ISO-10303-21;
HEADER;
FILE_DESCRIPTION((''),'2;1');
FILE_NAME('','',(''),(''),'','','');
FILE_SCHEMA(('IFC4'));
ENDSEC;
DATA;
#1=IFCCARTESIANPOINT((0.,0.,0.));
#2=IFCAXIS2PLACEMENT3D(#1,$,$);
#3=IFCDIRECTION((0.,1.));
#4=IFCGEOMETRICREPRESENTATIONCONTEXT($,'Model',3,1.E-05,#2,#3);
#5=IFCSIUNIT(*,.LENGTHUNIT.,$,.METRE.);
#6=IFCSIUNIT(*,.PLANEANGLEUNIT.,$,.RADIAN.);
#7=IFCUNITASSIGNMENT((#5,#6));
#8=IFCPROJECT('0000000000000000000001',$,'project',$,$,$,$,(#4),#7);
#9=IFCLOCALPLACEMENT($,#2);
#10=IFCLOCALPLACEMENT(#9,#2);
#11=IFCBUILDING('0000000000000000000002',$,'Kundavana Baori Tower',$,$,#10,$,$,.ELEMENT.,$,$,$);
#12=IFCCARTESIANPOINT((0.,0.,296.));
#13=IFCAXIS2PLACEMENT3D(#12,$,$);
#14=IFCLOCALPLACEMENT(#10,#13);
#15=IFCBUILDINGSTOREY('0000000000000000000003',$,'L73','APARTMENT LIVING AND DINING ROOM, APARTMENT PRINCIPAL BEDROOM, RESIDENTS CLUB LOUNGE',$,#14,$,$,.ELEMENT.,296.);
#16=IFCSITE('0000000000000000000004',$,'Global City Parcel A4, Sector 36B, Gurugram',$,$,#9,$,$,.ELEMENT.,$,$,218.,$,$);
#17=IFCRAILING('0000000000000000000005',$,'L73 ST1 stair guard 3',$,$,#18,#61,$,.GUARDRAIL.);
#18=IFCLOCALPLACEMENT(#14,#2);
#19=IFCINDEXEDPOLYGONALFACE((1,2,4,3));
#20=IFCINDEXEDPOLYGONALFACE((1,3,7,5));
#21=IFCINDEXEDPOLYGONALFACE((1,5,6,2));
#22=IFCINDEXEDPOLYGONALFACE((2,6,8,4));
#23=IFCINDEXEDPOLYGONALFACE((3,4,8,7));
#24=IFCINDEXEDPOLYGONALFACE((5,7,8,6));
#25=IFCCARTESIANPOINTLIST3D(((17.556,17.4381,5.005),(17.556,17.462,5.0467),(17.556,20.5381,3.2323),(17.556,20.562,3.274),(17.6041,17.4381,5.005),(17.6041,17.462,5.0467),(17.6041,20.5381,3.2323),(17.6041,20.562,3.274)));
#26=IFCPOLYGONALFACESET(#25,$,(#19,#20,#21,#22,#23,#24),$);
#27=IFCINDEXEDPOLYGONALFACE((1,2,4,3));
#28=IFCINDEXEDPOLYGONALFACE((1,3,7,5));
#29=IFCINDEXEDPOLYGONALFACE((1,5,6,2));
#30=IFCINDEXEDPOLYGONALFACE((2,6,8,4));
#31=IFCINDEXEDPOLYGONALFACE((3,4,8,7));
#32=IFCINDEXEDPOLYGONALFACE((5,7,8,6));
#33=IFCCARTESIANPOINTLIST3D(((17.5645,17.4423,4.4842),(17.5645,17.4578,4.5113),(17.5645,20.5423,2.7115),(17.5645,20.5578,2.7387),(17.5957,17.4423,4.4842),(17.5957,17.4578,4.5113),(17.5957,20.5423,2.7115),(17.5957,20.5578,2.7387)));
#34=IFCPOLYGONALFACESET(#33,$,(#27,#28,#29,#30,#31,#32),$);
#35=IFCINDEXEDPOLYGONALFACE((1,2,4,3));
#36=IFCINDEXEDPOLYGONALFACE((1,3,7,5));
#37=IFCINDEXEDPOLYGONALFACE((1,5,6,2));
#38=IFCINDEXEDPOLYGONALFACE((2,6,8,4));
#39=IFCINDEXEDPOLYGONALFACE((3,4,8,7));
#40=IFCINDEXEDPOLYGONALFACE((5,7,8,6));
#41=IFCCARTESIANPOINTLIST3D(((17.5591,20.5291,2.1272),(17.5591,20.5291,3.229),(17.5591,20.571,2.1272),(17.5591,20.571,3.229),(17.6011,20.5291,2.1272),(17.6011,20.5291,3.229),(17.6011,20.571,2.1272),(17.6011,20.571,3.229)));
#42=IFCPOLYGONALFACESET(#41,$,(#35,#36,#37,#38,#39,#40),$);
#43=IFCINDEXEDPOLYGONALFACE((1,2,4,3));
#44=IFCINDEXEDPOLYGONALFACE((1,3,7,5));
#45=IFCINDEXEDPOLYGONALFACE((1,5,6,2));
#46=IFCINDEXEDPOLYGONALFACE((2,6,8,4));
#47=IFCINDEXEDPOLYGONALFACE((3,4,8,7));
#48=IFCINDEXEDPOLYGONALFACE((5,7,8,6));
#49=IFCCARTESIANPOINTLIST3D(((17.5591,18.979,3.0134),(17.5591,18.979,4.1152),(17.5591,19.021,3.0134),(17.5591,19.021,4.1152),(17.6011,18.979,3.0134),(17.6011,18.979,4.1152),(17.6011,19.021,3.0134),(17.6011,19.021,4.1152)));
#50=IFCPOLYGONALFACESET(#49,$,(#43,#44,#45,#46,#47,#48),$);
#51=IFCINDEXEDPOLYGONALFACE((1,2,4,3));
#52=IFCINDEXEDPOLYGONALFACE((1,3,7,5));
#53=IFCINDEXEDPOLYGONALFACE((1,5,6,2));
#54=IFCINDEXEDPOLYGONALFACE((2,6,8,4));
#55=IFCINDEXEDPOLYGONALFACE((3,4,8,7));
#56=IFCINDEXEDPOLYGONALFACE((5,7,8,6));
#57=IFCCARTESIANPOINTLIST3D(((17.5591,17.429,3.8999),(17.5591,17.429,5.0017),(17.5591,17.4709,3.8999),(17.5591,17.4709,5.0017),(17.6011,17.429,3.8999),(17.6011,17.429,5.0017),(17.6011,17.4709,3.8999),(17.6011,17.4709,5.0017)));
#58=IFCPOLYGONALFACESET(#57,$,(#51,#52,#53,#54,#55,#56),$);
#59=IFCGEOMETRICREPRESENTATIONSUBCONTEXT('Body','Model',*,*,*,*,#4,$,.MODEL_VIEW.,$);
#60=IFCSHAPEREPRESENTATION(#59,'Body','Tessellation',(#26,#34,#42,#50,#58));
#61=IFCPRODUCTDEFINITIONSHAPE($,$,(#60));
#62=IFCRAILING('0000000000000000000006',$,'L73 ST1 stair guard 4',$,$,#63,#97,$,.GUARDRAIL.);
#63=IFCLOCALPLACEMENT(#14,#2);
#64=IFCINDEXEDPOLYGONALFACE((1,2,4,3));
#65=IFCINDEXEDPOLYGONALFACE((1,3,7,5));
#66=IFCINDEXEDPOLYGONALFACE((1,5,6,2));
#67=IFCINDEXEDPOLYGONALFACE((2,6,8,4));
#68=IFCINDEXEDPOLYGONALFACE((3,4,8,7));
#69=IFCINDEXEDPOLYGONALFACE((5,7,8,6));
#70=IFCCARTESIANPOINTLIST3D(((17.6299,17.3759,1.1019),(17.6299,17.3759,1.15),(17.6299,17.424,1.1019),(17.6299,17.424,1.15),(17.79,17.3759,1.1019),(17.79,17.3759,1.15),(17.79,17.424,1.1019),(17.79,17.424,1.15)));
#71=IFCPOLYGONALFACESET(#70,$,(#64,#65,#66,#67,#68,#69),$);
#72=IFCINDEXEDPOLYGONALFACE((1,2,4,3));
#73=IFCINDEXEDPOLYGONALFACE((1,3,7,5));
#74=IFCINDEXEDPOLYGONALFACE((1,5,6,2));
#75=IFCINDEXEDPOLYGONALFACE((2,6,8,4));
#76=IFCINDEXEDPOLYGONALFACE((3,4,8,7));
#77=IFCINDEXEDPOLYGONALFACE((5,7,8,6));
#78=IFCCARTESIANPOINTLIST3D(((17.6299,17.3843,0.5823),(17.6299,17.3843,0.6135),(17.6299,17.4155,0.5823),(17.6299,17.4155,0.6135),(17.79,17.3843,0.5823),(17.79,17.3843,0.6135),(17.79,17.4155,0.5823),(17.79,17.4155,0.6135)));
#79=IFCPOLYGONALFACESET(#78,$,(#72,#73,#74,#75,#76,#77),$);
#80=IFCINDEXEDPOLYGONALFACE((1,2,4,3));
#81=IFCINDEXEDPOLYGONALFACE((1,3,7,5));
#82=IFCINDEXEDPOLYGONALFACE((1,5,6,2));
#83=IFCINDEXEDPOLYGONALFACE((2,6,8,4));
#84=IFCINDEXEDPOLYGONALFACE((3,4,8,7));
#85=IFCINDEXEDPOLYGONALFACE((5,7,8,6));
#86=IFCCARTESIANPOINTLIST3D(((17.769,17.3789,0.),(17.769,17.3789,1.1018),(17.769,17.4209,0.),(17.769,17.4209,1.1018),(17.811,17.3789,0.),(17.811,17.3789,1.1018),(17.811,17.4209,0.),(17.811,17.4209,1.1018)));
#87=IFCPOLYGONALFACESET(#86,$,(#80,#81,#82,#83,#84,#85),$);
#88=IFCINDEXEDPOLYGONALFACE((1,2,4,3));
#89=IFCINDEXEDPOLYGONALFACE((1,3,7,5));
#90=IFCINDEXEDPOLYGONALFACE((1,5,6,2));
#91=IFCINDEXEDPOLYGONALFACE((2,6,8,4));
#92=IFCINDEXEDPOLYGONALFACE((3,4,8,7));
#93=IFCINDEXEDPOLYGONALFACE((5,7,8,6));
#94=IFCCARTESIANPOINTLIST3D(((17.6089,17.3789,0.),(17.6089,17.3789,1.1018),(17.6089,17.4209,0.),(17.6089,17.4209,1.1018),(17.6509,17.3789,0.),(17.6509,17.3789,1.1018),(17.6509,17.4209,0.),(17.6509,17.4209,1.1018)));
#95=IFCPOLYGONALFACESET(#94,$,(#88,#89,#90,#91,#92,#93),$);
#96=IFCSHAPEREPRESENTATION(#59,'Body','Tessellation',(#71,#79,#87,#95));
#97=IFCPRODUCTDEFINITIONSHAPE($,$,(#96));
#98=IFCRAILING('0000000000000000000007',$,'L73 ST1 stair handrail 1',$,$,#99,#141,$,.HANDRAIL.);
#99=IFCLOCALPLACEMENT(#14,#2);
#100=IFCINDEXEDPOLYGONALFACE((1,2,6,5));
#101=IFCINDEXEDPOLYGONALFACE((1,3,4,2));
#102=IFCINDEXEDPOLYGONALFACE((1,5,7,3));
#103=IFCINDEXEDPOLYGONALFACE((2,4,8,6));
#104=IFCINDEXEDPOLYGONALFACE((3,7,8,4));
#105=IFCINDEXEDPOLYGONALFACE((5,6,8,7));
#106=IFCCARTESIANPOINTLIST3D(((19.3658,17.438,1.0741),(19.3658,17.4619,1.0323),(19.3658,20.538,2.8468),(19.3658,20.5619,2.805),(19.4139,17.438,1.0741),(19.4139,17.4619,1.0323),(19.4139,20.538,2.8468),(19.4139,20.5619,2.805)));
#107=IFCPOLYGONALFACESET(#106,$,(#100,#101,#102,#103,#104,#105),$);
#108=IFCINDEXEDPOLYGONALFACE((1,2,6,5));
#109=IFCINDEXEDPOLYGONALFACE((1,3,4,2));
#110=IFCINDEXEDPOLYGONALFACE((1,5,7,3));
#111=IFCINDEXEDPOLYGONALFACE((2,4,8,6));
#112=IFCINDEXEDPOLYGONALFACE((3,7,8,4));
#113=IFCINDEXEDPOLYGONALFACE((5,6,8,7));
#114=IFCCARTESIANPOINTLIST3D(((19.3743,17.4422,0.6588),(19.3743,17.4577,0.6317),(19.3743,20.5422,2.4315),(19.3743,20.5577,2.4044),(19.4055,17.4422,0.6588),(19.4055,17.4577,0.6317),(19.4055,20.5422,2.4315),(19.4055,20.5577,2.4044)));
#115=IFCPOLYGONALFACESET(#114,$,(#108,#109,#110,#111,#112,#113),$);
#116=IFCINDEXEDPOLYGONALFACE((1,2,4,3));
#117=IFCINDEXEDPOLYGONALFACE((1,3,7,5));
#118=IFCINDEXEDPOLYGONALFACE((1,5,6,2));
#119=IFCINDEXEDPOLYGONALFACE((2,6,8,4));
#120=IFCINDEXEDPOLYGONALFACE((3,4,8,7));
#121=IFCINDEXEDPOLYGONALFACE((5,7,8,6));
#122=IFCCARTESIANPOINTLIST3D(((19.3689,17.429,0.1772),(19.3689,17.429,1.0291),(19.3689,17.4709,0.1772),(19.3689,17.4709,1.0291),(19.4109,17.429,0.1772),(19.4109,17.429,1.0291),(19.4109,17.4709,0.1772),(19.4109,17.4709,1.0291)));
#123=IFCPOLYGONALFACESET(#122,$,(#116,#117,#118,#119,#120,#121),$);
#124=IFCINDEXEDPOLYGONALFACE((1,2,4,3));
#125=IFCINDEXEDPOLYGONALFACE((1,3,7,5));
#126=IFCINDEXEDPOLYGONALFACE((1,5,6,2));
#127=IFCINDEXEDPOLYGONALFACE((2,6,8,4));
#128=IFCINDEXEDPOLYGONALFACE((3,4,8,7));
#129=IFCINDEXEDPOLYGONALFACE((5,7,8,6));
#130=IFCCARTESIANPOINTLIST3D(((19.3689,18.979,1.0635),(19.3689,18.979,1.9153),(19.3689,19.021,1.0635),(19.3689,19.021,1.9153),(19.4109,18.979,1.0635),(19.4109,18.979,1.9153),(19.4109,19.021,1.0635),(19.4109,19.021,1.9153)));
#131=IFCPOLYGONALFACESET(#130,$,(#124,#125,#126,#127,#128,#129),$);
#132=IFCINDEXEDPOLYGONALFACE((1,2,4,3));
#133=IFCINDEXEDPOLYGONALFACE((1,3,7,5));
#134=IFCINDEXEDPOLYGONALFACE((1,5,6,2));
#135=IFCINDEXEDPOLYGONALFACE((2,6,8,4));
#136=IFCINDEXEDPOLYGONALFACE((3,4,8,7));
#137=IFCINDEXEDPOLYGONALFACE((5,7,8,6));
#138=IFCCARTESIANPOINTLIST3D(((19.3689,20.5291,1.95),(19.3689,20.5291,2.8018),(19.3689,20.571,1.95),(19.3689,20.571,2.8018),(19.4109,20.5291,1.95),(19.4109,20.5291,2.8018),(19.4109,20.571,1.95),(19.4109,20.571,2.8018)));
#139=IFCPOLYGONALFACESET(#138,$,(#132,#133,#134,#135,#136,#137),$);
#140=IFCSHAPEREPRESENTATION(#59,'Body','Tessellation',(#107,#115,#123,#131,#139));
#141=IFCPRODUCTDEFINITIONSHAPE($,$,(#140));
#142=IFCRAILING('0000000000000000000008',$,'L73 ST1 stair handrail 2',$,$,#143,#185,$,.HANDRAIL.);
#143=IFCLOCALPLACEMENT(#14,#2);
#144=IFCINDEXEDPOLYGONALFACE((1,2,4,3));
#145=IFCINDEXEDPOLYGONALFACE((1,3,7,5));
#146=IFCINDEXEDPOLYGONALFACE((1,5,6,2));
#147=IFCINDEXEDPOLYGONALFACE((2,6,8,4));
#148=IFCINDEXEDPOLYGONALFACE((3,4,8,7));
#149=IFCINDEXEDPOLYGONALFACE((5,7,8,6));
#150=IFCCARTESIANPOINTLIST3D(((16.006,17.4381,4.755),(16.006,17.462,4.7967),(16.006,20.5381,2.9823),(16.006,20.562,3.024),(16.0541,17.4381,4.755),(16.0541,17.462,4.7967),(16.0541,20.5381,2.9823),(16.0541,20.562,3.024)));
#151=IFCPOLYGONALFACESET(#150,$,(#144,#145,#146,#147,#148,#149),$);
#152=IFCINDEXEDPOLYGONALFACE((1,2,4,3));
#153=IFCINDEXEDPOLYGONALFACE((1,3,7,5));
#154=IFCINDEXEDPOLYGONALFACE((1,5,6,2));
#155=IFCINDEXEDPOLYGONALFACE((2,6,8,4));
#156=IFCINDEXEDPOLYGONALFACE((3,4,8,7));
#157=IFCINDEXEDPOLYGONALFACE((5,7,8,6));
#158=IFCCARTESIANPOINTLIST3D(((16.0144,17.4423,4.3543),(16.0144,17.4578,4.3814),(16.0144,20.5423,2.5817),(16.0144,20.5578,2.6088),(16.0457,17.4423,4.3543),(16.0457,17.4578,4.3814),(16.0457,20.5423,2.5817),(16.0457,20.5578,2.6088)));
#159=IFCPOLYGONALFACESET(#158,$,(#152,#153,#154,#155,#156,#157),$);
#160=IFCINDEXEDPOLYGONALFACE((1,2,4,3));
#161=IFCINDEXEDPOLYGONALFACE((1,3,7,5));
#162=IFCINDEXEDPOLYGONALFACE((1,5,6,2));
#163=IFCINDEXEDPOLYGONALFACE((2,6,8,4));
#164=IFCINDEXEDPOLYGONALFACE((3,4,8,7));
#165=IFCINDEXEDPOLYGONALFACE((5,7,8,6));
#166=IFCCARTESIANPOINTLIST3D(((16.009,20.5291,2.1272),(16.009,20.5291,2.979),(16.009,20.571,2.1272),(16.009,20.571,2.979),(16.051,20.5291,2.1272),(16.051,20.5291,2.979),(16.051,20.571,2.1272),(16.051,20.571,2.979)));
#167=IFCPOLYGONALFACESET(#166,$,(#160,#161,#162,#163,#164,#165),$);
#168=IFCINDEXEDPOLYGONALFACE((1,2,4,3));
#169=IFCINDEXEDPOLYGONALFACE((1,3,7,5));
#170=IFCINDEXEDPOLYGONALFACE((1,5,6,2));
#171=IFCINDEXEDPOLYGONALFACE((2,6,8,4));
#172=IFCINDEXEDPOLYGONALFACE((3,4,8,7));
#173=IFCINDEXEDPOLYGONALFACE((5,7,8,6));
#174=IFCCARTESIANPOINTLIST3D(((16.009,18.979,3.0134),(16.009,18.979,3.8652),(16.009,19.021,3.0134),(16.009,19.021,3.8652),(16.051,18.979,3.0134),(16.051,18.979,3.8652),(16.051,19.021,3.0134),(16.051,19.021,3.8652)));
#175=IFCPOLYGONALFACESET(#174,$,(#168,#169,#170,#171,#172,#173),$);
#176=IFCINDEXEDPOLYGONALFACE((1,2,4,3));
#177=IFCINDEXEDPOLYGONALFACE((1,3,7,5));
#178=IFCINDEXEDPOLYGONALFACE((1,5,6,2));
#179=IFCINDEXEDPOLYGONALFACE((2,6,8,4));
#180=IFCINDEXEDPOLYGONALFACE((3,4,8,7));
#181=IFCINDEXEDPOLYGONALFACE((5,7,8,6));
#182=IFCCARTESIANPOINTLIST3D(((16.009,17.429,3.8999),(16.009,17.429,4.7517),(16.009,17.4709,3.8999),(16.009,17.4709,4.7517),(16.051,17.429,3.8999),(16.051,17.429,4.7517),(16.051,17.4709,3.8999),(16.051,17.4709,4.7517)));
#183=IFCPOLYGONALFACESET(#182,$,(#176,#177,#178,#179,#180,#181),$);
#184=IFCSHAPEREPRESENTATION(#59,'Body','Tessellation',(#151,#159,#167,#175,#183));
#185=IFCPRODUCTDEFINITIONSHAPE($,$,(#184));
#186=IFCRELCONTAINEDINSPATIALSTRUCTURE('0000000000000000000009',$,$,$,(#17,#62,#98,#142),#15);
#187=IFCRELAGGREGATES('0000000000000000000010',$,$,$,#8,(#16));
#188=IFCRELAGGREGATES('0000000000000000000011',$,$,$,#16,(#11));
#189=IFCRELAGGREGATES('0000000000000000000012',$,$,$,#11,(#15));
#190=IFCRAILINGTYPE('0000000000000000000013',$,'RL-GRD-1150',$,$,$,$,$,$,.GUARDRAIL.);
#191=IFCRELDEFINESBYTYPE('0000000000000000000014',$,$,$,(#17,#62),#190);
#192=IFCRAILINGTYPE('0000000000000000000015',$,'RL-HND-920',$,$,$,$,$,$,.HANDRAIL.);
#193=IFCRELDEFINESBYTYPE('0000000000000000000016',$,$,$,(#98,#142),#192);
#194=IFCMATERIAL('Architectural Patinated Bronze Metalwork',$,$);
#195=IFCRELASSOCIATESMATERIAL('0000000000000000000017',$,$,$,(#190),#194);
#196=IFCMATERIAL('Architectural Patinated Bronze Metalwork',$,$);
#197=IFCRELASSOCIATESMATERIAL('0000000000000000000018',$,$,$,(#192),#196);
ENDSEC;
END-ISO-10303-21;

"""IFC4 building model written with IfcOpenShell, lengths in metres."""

from ifc_helpers import new_model, si_unit, direction, frame, origin, origin_2d, place, context, subcontext, project, spatial, rectangle, extrude, material, type_object, element, save


model = new_model("IFC4")

# Units and contexts
model_context = context("Model", 3, precision=1e-05, world=origin(), true_north=direction((0.0, 1.0)))
body_context = subcontext(model_context, "Body", "Model", "MODEL_VIEW")
ifc_project = project(units=[si_unit("LENGTHUNIT", "METRE"), si_unit("PLANEANGLEUNIT", "RADIAN")], contexts=[model_context])

# Site, building, storey
site_placement = place(None, origin())
site = spatial("IfcSite", under=ifc_project, at=site_placement, Name="Global City Parcel A4, Sector 36B, Gurugram", CompositionType="ELEMENT", RefElevation=218.0)
building_placement = place(site_placement, origin())
building = spatial("IfcBuilding", under=site, at=building_placement, Name="Kundavana Baori Tower", CompositionType="ELEMENT")
storey_placement = place(building_placement, frame((0.0, 0.0, 296.0)))
storey = spatial("IfcBuildingStorey", under=building, at=storey_placement, Name="L73", Description="APARTMENT LIVING AND DINING ROOM, APARTMENT PRINCIPAL BEDROOM, RESIDENTS CLUB LOUNGE", CompositionType="ELEMENT", Elevation=296.0)

# Railings
ifc_material_1 = material(Name="Architectural Patinated Bronze Metalwork")
railing_type_1 = type_object("IfcRailingType", Name="RL-GRD-1150", PredefinedType="GUARDRAIL", material=ifc_material_1)
railing_1_placement = place(storey_placement, frame((17.5801, 20.55, 2.1272)))
element("IfcRailing", 1, at=railing_1_placement, inside=storey, type_object=railing_type_1, Name="L73 ST1 stair guard 3", PredefinedType="GUARDRAIL", context=body_context, shape_type="SweptSolid", body=[
    extrude(rectangle(XDim=0.0481, YDim=0.0481, at=origin_2d()), frame((0.0, 0.0, 1.126), z_axis=(0.0, -0.868096, 0.496397), x_axis=(1.0, 0.0, 0.0)), (0.0, 0.0, 1.0), 3.571),
    extrude(rectangle(XDim=0.0312, YDim=0.0312, at=origin_2d()), frame((0.0, 0.0, 0.5979), z_axis=(0.0, -0.868096, 0.496397), x_axis=(1.0, 0.0, 0.0)), (0.0, 0.0, 1.0), 3.571),
    extrude(rectangle(XDim=0.042, YDim=0.042, at=origin_2d()), origin(), (0.0, 0.0, 1.0), 1.1018),
    extrude(rectangle(XDim=0.042, YDim=0.042, at=origin_2d()), frame((0.0, -1.55, 0.8862)), (0.0, 0.0, 1.0), 1.1018),
    extrude(rectangle(XDim=0.042, YDim=0.042, at=origin_2d()), frame((0.0, -3.1001, 1.7727)), (0.0, 0.0, 1.0), 1.1018),
])
railing_2_placement = place(storey_placement, frame((17.79, 17.3999, 0.0)))
element("IfcRailing", 2, at=railing_2_placement, inside=storey, type_object=railing_type_1, Name="L73 ST1 stair guard 4", PredefinedType="GUARDRAIL", context=body_context, shape_type="SweptSolid", body=[
    extrude(rectangle(XDim=0.0481, YDim=0.0481, at=origin_2d()), frame((0.0, 0.0, 1.126), z_axis=(-1.0, 0.0, 0.0), x_axis=(0.0, -1.0, 0.0)), (0.0, 0.0, 1.0), 0.1602),
    extrude(rectangle(XDim=0.0312, YDim=0.0312, at=origin_2d()), frame((0.0, 0.0, 0.5979), z_axis=(-1.0, 0.0, 0.0), x_axis=(0.0, -1.0, 0.0)), (0.0, 0.0, 1.0), 0.1602),
    extrude(rectangle(XDim=0.042, YDim=0.042, at=origin_2d()), origin(), (0.0, 0.0, 1.0), 1.1018),
    extrude(rectangle(XDim=0.042, YDim=0.042, at=origin_2d()), frame((-0.1602, 0.0, 0.0)), (0.0, 0.0, 1.0), 1.1018),
])
ifc_material_2 = material(Name="Architectural Patinated Bronze Metalwork")
railing_type_2 = type_object("IfcRailingType", Name="RL-HND-920", PredefinedType="HANDRAIL", material=ifc_material_2)
railing_3_placement = place(storey_placement, frame((19.3899, 17.45, 0.1772)))
element("IfcRailing", 3, at=railing_3_placement, inside=storey, type_object=railing_type_2, Name="L73 ST1 stair handrail 1", PredefinedType="HANDRAIL", context=body_context, shape_type="SweptSolid", body=[
    extrude(rectangle(XDim=0.0481, YDim=0.0481, at=origin_2d()), frame((0.0, 0.0, 0.876), z_axis=(0.0, 0.868096, 0.496397), x_axis=(-1.0, 0.0, 0.0)), (0.0, 0.0, 1.0), 3.571),
    extrude(rectangle(XDim=0.0312, YDim=0.0312, at=origin_2d()), frame((0.0, 0.0, 0.468), z_axis=(0.0, 0.868096, 0.496397), x_axis=(-1.0, 0.0, 0.0)), (0.0, 0.0, 1.0), 3.571),
    extrude(rectangle(XDim=0.042, YDim=0.042, at=origin_2d()), origin(), (0.0, 0.0, 1.0), 0.8518),
    extrude(rectangle(XDim=0.042, YDim=0.042, at=origin_2d()), frame((0.0, 1.55, 0.8862)), (0.0, 0.0, 1.0), 0.8518),
    extrude(rectangle(XDim=0.042, YDim=0.042, at=origin_2d()), frame((0.0, 3.1001, 1.7727)), (0.0, 0.0, 1.0), 0.8518),
])
railing_4_placement = place(storey_placement, frame((16.03, 20.55, 2.1272)))
element("IfcRailing", 4, at=railing_4_placement, inside=storey, type_object=railing_type_2, Name="L73 ST1 stair handrail 2", PredefinedType="HANDRAIL", context=body_context, shape_type="SweptSolid", body=[
    extrude(rectangle(XDim=0.0481, YDim=0.0481, at=origin_2d()), frame((0.0, 0.0, 0.876), z_axis=(0.0, -0.868096, 0.496397), x_axis=(1.0, 0.0, 0.0)), (0.0, 0.0, 1.0), 3.571),
    extrude(rectangle(XDim=0.0312, YDim=0.0312, at=origin_2d()), frame((0.0, 0.0, 0.468), z_axis=(0.0, -0.868096, 0.496397), x_axis=(1.0, 0.0, 0.0)), (0.0, 0.0, 1.0), 3.571),
    extrude(rectangle(XDim=0.042, YDim=0.042, at=origin_2d()), origin(), (0.0, 0.0, 1.0), 0.8518),
    extrude(rectangle(XDim=0.042, YDim=0.042, at=origin_2d()), frame((0.0, -1.55, 0.8862)), (0.0, 0.0, 1.0), 0.8518),
    extrude(rectangle(XDim=0.042, YDim=0.042, at=origin_2d()), frame((0.0, -3.1001, 1.7727)), (0.0, 0.0, 1.0), 0.8518),
])

save(model, "model.ifc")
